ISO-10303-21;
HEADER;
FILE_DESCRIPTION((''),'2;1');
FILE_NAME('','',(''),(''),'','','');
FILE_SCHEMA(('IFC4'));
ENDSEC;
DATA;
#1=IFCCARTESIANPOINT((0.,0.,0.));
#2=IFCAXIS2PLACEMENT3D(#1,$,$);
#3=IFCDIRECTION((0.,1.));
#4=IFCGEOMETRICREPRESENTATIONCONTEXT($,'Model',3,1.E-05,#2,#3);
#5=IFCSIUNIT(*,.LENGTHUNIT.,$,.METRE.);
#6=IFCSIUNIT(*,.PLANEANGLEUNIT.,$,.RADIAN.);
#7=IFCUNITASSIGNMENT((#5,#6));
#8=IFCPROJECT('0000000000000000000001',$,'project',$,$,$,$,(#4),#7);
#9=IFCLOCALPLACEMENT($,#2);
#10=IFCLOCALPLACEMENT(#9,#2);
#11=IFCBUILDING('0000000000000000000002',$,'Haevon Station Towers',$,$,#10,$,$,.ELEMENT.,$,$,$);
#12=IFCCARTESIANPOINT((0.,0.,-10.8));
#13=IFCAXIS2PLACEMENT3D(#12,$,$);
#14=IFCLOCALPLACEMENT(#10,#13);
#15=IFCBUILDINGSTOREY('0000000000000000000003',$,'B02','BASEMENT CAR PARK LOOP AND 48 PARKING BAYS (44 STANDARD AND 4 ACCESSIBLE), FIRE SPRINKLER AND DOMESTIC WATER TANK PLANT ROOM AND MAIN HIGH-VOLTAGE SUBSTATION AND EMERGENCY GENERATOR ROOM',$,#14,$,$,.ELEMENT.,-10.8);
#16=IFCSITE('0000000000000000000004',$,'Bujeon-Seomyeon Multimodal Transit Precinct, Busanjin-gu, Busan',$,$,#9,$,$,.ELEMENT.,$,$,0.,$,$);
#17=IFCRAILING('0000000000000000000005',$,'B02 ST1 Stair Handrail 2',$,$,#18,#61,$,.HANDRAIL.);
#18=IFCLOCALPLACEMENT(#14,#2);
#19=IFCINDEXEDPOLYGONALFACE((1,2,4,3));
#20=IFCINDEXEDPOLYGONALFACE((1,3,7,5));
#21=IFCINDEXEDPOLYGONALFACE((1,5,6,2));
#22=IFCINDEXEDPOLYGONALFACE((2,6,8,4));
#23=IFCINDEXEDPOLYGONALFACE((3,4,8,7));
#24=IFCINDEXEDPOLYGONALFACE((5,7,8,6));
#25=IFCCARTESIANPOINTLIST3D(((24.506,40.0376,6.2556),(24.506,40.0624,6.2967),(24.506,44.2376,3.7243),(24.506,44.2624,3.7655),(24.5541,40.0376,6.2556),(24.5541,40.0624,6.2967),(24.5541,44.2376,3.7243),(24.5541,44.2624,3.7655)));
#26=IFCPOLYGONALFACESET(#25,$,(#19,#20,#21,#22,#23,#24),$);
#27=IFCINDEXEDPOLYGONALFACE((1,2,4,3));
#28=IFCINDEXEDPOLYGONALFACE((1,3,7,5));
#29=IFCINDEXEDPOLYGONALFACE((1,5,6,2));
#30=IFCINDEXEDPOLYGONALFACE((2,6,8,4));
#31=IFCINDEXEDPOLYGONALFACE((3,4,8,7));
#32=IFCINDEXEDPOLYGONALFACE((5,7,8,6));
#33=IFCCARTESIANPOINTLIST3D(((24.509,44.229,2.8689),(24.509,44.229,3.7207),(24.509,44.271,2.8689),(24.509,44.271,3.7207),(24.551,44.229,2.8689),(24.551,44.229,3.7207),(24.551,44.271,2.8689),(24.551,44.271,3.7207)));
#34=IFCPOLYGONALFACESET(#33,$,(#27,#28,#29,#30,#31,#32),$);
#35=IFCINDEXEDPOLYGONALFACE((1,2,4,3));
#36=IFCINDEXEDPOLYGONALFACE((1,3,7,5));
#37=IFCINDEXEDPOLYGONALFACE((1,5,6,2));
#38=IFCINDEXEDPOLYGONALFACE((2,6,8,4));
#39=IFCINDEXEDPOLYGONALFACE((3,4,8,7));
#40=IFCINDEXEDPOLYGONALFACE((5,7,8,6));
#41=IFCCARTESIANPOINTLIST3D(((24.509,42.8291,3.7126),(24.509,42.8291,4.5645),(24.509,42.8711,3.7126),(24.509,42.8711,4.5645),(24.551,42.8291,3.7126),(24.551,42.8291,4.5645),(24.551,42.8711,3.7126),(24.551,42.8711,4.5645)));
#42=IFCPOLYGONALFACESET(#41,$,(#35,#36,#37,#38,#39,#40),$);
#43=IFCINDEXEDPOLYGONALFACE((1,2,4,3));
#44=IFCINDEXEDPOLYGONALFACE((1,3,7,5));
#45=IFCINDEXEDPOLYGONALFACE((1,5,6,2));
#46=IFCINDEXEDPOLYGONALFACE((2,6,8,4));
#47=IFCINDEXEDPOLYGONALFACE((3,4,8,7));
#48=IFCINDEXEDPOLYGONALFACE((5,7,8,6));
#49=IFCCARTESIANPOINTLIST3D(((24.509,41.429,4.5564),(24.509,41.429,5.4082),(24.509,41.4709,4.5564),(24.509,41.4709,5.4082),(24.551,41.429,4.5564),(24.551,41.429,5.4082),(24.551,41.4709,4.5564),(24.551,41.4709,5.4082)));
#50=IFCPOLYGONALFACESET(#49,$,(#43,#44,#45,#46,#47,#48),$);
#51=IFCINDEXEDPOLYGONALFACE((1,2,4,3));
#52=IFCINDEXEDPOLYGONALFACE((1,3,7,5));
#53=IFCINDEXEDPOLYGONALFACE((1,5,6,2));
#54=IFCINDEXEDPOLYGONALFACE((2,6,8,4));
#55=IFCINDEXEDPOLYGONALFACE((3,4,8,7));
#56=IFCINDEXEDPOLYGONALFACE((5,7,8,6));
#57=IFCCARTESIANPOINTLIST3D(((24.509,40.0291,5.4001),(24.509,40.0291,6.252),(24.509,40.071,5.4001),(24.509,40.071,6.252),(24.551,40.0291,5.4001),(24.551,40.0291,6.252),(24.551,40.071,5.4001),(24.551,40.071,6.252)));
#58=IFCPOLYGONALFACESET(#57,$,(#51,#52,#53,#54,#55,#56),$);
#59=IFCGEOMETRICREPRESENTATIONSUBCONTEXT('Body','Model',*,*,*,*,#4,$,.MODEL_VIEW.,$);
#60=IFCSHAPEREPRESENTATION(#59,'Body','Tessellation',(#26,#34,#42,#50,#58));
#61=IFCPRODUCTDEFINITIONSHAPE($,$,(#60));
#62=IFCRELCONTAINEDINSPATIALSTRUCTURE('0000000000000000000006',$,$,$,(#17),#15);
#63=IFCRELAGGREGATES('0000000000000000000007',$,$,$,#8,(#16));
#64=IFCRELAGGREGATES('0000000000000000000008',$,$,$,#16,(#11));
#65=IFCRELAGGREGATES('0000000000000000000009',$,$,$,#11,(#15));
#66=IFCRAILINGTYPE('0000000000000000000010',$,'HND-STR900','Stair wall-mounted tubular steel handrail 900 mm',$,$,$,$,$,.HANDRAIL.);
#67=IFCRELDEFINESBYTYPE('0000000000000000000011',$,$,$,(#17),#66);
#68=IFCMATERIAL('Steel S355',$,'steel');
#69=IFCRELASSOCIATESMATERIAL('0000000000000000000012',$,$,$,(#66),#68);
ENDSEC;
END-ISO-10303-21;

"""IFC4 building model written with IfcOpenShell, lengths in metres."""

from ifc_helpers import new_model, si_unit, direction, frame, origin, origin_2d, place, context, subcontext, project, spatial, rectangle, extrude, material, type_object, element, save


model = new_model("IFC4")

# Units and contexts
model_context = context("Model", 3, precision=1e-05, world=origin(), true_north=direction((0.0, 1.0)))
body_context = subcontext(model_context, "Body", "Model", "MODEL_VIEW")
ifc_project = project(units=[si_unit("LENGTHUNIT", "METRE"), si_unit("PLANEANGLEUNIT", "RADIAN")], contexts=[model_context])

# Site, building, storey
site_placement = place(None, origin())
site = spatial("IfcSite", under=ifc_project, at=site_placement, Name="Bujeon-Seomyeon Multimodal Transit Precinct, Busanjin-gu, Busan", CompositionType="ELEMENT", RefElevation=0.0)
building_placement = place(site_placement, origin())
building = spatial("IfcBuilding", under=site, at=building_placement, Name="Haevon Station Towers", CompositionType="ELEMENT")
storey_placement = place(building_placement, frame((0.0, 0.0, -10.8)))
storey = spatial("IfcBuildingStorey", under=building, at=storey_placement, Name="B02", Description="BASEMENT CAR PARK LOOP AND 48 PARKING BAYS (44 STANDARD AND 4 ACCESSIBLE), FIRE SPRINKLER AND DOMESTIC WATER TANK PLANT ROOM AND MAIN HIGH-VOLTAGE SUBSTATION AND EMERGENCY GENERATOR ROOM", CompositionType="ELEMENT", Elevation=-10.8)

# Shared definitions
ifc_material_1 = material(Name="Steel S355", Category="steel")

# Railing
railing_type_1 = type_object("IfcRailingType", Name="HND-STR900", Description="Stair wall-mounted tubular steel handrail 900 mm", PredefinedType="HANDRAIL", material=ifc_material_1)
railing_1_placement = place(storey_placement, frame((24.53, 44.25, 2.8689)))
element("IfcRailing", 1, at=railing_1_placement, inside=storey, type_object=railing_type_1, Name="B02 ST1 Stair Handrail 2", PredefinedType="HANDRAIL", context=body_context, shape_type="SweptSolid", body=[
    extrude(rectangle(XDim=0.0481, YDim=0.0481, at=origin_2d()), frame((0.0, 0.0, 0.876), z_axis=(0.0, -0.856476, 0.516186), x_axis=(1.0, 0.0, 0.0)), (0.0, 0.0, 1.0), 4.9038),
    extrude(rectangle(XDim=0.042, YDim=0.042, at=origin_2d()), origin(), (0.0, 0.0, 1.0), 0.8518),
    extrude(rectangle(XDim=0.042, YDim=0.042, at=origin_2d()), frame((0.0, -1.3999, 0.8438)), (0.0, 0.0, 1.0), 0.8518),
    extrude(rectangle(XDim=0.042, YDim=0.042, at=origin_2d()), frame((0.0, -2.8, 1.6875)), (0.0, 0.0, 1.0), 0.8518),
    extrude(rectangle(XDim=0.042, YDim=0.042, at=origin_2d()), frame((0.0, -4.2, 2.5312)), (0.0, 0.0, 1.0), 0.8518),
])

save(model, "model.ifc")
